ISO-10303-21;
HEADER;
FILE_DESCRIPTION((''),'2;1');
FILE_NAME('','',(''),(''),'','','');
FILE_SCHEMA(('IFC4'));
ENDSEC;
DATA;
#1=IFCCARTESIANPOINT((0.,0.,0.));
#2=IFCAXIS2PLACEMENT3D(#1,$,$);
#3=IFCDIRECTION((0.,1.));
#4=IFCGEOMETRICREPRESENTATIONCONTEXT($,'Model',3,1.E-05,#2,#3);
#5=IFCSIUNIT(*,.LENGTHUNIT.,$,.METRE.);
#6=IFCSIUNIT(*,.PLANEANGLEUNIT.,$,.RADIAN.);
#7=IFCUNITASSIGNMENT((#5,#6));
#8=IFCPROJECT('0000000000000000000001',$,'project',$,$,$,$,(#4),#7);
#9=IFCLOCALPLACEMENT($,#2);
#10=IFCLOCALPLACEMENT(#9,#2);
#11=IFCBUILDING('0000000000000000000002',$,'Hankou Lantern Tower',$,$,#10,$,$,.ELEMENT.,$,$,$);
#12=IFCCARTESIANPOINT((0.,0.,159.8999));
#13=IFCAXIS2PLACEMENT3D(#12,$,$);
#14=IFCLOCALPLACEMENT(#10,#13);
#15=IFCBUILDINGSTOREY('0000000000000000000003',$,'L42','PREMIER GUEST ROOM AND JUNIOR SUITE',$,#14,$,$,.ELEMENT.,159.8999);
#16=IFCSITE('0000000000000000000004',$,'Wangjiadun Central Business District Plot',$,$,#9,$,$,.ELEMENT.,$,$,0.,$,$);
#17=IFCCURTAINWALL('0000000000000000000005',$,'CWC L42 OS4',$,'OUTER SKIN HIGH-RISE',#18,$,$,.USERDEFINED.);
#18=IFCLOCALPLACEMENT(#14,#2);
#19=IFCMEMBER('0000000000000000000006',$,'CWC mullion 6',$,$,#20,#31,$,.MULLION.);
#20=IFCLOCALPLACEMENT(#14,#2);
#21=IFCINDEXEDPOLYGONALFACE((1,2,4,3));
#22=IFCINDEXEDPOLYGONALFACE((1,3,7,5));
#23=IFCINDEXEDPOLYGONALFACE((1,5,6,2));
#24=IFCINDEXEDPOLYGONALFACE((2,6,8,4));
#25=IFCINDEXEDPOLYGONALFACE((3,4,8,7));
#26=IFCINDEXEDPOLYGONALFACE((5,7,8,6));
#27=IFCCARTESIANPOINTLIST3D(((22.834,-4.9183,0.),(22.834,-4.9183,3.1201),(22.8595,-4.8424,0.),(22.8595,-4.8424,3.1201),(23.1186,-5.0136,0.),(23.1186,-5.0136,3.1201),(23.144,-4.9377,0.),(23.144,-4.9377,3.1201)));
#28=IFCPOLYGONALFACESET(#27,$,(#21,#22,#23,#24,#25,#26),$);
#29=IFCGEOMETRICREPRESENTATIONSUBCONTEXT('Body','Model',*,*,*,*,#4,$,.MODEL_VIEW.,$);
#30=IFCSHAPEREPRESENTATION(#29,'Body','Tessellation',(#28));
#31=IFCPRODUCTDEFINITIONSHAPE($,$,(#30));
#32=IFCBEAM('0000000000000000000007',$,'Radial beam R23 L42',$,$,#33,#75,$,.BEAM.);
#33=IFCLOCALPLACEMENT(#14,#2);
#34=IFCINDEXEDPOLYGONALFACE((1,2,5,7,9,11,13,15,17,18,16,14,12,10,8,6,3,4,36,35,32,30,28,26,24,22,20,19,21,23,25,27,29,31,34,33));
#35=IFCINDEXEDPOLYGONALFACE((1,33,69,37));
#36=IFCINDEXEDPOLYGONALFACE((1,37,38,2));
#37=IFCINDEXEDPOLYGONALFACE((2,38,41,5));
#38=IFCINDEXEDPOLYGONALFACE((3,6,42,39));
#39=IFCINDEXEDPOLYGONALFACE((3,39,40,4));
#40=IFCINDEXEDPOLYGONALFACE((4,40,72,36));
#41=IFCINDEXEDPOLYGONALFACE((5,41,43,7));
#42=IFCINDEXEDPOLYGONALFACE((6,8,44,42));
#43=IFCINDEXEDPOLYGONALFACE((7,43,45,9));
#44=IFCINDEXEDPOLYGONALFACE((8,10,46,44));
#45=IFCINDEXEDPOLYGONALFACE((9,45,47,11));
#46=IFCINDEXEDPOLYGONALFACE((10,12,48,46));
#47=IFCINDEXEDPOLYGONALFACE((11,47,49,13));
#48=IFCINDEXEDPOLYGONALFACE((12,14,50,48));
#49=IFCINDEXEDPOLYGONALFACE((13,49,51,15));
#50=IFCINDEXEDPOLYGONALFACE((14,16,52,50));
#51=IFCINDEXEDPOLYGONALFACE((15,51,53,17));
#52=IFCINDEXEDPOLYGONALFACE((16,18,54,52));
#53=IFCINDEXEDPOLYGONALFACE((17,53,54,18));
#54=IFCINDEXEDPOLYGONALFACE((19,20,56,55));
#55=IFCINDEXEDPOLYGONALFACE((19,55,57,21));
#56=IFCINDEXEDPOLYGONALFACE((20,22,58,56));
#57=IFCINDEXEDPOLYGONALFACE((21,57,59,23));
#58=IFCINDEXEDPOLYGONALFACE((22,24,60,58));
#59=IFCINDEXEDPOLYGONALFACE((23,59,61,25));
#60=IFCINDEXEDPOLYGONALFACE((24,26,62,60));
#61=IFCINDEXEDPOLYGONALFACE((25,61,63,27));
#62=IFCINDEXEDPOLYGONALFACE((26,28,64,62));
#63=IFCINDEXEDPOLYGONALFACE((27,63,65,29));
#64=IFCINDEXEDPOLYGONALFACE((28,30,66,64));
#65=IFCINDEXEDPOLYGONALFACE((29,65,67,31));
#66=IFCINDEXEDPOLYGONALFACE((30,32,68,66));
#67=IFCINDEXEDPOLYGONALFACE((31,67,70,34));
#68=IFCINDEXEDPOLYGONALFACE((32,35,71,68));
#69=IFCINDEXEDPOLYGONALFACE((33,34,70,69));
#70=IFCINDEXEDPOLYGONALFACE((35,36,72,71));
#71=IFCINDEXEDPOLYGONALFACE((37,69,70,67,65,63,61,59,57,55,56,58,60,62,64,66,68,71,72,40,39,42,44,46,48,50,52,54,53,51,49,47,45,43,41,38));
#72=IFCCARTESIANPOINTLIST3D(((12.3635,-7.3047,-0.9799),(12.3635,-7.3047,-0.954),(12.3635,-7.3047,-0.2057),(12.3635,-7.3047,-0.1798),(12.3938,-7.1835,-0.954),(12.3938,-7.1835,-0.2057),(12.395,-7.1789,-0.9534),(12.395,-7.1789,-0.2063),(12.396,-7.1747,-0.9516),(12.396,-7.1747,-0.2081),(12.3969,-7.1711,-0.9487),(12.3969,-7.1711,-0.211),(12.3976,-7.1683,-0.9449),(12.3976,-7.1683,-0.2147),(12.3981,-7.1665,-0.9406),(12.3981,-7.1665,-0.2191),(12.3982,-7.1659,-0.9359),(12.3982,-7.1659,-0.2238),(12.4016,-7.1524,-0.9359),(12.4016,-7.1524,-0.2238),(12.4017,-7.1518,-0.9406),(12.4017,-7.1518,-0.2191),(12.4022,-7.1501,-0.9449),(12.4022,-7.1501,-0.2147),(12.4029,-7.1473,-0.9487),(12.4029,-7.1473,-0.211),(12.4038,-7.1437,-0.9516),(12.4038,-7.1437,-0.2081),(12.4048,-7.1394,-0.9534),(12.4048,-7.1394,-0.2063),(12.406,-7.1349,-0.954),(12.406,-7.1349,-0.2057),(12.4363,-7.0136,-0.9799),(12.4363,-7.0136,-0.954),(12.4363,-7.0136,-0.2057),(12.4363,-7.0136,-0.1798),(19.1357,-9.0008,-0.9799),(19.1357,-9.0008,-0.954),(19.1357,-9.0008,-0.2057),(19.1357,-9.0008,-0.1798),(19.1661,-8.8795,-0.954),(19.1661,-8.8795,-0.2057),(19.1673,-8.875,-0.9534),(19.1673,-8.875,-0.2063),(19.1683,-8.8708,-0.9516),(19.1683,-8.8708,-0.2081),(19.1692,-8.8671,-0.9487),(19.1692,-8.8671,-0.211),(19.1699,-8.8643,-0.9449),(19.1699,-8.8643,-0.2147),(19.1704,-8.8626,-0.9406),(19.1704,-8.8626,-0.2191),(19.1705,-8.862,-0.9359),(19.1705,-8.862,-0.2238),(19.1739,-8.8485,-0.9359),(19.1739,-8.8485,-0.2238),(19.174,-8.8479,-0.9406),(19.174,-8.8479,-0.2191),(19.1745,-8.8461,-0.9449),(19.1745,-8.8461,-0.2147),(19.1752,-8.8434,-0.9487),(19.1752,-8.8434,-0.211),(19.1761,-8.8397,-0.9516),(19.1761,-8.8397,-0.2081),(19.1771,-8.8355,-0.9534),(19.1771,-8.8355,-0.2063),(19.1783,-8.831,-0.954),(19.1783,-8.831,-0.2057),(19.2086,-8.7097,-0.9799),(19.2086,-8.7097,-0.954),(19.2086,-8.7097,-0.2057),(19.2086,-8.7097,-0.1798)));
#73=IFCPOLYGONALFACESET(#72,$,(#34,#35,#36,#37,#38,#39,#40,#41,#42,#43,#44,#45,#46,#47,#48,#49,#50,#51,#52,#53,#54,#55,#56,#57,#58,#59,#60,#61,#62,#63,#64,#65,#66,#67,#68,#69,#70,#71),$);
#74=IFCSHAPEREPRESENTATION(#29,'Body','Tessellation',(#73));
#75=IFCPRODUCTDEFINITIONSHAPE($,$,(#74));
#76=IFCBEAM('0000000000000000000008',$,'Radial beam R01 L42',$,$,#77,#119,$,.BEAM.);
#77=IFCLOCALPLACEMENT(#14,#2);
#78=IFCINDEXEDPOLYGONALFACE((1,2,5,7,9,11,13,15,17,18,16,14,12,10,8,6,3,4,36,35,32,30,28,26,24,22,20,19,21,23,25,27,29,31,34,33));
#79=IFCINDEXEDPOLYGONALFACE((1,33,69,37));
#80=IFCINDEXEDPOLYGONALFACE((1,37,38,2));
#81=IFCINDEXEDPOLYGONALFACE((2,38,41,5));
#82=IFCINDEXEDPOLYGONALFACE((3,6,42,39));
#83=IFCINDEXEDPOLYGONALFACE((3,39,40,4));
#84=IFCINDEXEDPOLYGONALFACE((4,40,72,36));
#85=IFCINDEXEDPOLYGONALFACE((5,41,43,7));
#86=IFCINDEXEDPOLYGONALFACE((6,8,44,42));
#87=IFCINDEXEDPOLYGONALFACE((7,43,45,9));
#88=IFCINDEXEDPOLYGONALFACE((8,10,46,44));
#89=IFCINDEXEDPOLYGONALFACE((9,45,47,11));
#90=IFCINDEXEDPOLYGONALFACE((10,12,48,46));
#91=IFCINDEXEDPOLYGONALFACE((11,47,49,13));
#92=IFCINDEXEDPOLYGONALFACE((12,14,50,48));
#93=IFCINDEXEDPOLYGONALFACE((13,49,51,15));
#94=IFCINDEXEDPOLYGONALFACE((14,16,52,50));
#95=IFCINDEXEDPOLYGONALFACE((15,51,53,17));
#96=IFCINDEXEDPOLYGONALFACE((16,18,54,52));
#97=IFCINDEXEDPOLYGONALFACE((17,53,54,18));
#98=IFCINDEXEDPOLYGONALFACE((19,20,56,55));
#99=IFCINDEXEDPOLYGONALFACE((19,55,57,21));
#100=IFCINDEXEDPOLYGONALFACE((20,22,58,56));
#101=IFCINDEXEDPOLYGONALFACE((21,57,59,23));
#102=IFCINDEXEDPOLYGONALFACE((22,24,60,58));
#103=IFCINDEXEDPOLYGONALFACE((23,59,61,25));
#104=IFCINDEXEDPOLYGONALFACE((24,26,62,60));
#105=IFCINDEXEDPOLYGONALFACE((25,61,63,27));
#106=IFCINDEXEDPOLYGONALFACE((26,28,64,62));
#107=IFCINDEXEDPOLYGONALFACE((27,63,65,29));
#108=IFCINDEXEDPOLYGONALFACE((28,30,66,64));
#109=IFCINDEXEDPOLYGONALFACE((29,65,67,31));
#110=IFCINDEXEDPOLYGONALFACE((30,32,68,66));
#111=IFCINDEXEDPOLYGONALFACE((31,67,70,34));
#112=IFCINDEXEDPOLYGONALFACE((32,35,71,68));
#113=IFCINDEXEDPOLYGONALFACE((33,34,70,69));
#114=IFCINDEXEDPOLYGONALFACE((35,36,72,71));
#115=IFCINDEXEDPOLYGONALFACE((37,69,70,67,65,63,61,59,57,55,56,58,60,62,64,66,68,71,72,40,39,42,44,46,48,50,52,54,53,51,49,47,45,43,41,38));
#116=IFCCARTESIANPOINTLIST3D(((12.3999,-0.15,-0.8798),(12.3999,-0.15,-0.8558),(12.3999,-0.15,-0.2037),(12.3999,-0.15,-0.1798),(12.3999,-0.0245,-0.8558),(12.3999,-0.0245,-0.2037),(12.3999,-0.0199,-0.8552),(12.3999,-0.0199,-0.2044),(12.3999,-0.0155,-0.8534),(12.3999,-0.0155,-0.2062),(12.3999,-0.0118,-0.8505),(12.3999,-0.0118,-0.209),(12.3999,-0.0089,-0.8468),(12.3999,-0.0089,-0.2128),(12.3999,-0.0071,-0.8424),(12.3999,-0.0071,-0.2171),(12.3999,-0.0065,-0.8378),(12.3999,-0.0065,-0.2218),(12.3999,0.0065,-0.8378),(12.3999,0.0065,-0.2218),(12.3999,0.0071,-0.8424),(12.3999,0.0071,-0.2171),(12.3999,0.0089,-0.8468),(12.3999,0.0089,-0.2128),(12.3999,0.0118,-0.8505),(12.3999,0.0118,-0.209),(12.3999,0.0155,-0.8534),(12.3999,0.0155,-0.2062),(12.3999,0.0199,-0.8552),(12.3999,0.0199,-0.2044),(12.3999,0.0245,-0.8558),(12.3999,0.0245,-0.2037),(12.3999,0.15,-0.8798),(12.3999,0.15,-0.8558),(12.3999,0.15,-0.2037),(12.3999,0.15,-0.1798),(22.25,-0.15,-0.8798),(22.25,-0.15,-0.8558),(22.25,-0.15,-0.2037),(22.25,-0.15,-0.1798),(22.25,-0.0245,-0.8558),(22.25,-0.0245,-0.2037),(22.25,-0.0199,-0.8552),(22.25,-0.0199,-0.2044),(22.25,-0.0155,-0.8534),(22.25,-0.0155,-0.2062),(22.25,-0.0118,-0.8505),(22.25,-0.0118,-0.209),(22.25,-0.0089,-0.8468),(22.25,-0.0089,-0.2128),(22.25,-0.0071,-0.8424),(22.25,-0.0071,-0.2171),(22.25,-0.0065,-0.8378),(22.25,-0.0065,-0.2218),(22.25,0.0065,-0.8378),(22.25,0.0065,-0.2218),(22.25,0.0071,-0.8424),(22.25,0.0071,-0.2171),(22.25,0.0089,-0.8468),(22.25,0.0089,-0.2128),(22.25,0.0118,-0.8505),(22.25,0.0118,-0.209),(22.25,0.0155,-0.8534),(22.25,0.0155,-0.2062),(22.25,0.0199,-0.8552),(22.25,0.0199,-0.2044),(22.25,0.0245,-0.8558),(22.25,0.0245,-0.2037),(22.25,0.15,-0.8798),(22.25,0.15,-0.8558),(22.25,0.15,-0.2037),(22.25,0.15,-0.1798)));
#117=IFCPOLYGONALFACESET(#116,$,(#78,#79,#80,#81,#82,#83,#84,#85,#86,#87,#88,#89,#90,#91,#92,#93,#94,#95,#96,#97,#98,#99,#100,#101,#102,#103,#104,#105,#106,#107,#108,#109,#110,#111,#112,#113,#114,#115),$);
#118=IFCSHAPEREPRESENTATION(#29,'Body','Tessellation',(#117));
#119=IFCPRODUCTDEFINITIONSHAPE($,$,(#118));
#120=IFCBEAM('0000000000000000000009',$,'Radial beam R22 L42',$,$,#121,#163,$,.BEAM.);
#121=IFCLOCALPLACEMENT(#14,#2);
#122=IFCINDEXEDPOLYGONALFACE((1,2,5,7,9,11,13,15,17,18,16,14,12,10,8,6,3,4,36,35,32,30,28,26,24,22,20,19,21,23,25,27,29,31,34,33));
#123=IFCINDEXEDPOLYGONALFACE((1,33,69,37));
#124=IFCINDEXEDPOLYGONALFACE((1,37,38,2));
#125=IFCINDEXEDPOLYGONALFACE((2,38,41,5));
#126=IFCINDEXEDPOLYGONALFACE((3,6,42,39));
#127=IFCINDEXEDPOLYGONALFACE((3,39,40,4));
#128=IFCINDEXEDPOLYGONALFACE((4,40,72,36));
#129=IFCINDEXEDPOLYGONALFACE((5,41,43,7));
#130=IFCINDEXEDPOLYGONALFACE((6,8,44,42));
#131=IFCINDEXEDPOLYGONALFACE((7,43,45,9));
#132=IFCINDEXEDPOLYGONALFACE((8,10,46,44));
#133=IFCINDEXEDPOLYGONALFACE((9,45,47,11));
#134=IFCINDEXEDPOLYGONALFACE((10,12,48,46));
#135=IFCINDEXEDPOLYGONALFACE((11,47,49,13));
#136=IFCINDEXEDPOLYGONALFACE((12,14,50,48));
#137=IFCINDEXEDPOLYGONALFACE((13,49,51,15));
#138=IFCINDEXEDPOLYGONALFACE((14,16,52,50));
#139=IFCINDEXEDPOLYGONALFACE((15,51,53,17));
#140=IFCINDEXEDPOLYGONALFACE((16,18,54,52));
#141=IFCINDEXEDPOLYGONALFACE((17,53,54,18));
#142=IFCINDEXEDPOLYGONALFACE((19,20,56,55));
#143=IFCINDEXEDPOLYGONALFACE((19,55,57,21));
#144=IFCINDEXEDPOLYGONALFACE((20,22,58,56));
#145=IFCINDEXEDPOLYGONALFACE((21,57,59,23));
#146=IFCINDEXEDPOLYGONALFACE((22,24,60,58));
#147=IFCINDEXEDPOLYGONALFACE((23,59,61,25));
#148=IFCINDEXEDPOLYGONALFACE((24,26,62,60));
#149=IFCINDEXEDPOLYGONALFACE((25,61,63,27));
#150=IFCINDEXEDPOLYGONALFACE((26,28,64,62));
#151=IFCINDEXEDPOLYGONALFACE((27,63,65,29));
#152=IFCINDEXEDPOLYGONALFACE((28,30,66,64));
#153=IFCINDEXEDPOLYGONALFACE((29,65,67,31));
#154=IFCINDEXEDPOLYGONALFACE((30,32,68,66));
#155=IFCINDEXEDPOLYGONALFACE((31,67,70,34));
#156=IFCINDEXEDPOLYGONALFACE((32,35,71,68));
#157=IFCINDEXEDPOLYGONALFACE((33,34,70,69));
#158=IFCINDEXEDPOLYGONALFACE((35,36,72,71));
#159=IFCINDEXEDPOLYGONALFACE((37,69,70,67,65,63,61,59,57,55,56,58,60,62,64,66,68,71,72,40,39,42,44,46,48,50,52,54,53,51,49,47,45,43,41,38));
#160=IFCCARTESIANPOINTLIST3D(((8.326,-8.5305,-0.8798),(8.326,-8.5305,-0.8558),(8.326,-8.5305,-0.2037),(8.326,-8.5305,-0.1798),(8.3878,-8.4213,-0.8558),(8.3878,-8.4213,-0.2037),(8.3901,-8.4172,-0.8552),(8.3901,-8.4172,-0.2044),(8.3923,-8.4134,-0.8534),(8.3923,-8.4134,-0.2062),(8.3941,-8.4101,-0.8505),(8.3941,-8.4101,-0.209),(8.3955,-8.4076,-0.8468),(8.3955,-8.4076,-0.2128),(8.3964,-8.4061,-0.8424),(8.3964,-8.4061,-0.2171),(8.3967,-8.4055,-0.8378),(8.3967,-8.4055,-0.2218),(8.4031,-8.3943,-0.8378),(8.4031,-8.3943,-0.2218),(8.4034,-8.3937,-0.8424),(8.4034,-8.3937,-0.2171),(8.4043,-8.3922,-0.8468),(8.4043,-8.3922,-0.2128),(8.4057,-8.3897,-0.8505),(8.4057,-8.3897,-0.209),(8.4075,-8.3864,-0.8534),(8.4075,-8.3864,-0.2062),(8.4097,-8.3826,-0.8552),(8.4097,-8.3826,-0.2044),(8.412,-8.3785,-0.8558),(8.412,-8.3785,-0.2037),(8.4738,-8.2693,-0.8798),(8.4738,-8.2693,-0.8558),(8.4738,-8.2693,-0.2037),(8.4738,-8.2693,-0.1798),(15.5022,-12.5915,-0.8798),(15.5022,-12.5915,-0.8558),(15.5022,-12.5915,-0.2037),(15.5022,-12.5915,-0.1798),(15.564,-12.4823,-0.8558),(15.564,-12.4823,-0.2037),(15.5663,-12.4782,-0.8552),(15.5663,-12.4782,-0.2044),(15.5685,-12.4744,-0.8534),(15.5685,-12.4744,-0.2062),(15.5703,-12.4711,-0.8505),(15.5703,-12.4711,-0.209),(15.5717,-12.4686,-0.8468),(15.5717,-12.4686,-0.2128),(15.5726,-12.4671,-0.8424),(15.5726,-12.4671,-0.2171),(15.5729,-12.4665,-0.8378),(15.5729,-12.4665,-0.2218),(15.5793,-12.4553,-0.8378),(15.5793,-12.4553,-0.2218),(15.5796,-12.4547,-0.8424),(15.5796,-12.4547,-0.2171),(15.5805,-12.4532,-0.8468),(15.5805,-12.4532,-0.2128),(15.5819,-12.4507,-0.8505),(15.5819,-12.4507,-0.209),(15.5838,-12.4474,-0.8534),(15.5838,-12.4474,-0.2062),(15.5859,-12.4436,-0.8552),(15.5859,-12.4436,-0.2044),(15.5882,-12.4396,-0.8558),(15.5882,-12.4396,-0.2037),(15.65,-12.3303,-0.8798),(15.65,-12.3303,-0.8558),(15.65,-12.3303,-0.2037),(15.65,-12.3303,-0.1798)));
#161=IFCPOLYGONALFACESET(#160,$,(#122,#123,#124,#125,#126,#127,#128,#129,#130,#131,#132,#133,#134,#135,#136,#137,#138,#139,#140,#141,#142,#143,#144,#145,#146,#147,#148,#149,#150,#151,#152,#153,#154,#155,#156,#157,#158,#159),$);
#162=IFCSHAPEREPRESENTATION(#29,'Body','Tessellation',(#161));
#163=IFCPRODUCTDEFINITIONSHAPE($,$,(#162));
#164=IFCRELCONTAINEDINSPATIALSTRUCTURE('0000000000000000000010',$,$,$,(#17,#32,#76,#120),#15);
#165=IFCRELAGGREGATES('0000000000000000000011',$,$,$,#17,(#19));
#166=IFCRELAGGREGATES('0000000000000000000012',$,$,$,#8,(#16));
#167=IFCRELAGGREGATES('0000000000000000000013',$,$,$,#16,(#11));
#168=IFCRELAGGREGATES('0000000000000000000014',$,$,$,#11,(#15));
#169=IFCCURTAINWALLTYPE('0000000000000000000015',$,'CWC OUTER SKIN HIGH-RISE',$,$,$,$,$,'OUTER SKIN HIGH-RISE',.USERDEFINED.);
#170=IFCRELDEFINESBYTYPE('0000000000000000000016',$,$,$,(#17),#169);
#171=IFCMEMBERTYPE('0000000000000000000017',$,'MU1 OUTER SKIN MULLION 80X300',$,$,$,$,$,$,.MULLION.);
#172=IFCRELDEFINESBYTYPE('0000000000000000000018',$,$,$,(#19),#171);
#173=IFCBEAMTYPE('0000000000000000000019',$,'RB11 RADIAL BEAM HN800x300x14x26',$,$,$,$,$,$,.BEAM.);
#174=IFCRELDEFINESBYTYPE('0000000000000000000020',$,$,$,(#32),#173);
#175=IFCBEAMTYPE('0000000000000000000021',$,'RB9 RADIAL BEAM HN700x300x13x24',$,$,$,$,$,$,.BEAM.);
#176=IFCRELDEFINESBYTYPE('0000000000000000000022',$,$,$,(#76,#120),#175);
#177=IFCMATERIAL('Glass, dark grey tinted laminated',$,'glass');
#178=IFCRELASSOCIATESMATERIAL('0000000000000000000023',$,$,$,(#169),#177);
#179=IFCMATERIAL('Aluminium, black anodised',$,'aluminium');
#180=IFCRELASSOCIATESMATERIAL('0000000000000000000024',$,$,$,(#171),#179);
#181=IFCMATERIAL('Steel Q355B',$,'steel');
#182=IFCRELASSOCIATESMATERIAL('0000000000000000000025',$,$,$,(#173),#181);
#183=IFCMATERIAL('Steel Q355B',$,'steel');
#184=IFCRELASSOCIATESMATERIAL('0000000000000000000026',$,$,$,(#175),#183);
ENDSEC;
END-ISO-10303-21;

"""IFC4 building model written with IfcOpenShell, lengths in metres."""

from ifc_helpers import new_model, si_unit, direction, frame, origin, origin_2d, place, context, subcontext, project, spatial, rectangle, i_section, extrude, material, material_profile, profile_set, type_object, element, aggregate, save


model = new_model("IFC4")

# Units and contexts
model_context = context("Model", 3, precision=1e-05, world=origin(), true_north=direction((0.0, 1.0)))
body_context = subcontext(model_context, "Body", "Model", "MODEL_VIEW")
ifc_project = project(units=[si_unit("LENGTHUNIT", "METRE"), si_unit("PLANEANGLEUNIT", "RADIAN")], contexts=[model_context])

# Site, building, storey
site_placement = place(None, origin())
site = spatial("IfcSite", under=ifc_project, at=site_placement, Name="Wangjiadun Central Business District Plot", CompositionType="ELEMENT", RefElevation=0.0)
building_placement = place(site_placement, origin())
building = spatial("IfcBuilding", under=site, at=building_placement, Name="Hankou Lantern Tower", CompositionType="ELEMENT")
storey_placement = place(building_placement, frame((0.0, 0.0, 159.8999)))
storey = spatial("IfcBuildingStorey", under=building, at=storey_placement, Name="L42", Description="PREMIER GUEST ROOM AND JUNIOR SUITE", CompositionType="ELEMENT", Elevation=159.8999)

# Curtain wall, member
ifc_material_1 = material(Name="Glass, dark grey tinted laminated", Category="glass")
curtain_wall_type = type_object("IfcCurtainWallType", Name="CWC OUTER SKIN HIGH-RISE", ElementType="OUTER SKIN HIGH-RISE", PredefinedType="USERDEFINED", material=ifc_material_1)
curtain_wall_placement = place(storey_placement, origin())
curtain_wall = element("IfcCurtainWall", 1, at=curtain_wall_placement, inside=storey, type_object=curtain_wall_type, Name="CWC L42 OS4", ObjectType="OUTER SKIN HIGH-RISE", PredefinedType="USERDEFINED")
ifc_material_2 = material(Name="Aluminium, black anodised", Category="aluminium")
ifc_material_profile_1 = material_profile(ifc_material_2, rectangle(XDim=0.0801, YDim=0.3, at=origin_2d()), Name="MU1 80X300")
ifc_profile_set_1 = profile_set([ifc_material_profile_1], Name="Aluminium, black anodised")
member_type_1 = type_object("IfcMemberType", Name="MU1 OUTER SKIN MULLION 80X300", PredefinedType="MULLION", material=ifc_profile_set_1)
member_1_placement = place(storey_placement, frame((22.989, -4.928, 0.0), z_axis=(0.0, 0.0, 1.0), x_axis=(0.317596, 0.948226, 0.0)))
member_1 = element("IfcMember", 2, at=member_1_placement, type_object=member_type_1, Name="CWC mullion 6", PredefinedType="MULLION", context=body_context, shape_type="SweptSolid", body=[
    extrude(rectangle(XDim=0.0801, YDim=0.3, at=origin_2d()), origin(), (0.0, 0.0, 1.0), 3.1201),
])

# Beams
ifc_material_3 = material(Name="Steel Q355B", Category="steel")
ifc_material_profile_2 = material_profile(ifc_material_3, i_section(OverallWidth=0.3, OverallDepth=0.8, WebThickness=0.0139, FlangeThickness=0.0259, FilletRadius=0.0181, at=origin_2d()), Name="HN800x300x14x26")
ifc_profile_set_2 = profile_set([ifc_material_profile_2], Name="Steel Q355B")
beam_type_1 = type_object("IfcBeamType", Name="RB11 RADIAL BEAM HN800x300x14x26", PredefinedType="BEAM", material=ifc_profile_set_2)
beam_1_placement = place(storey_placement, frame((12.3999, -7.1592, -0.5798), z_axis=(0.970042, -0.242939, 0.0), x_axis=(0.242939, 0.970042, 0.0)))
element("IfcBeam", 3, at=beam_1_placement, inside=storey, type_object=beam_type_1, Name="Radial beam R23 L42", PredefinedType="BEAM", context=body_context, shape_type="SweptSolid", body=[
    extrude(i_section(OverallWidth=0.3, OverallDepth=0.8, WebThickness=0.0139, FlangeThickness=0.0259, FilletRadius=0.0181, at=origin_2d()), origin(), (0.0, 0.0, 1.0), 6.9814),
])
ifc_material_4 = material(Name="Steel Q355B", Category="steel")
ifc_material_profile_3 = material_profile(ifc_material_4, i_section(OverallWidth=0.3, OverallDepth=0.7, WebThickness=0.0129, FlangeThickness=0.0239, FilletRadius=0.0181, at=origin_2d()), Name="HN700x300x13x24")
ifc_profile_set_3 = profile_set([ifc_material_profile_3], Name="Steel Q355B")
beam_type_2 = type_object("IfcBeamType", Name="RB9 RADIAL BEAM HN700x300x13x24", PredefinedType="BEAM", material=ifc_profile_set_3)
beam_2_placement = place(storey_placement, frame((12.3999, 0.0, -0.5298), z_axis=(1.0, 0.0, 0.0), x_axis=(0.0, 1.0, 0.0)))
element("IfcBeam", 4, at=beam_2_placement, inside=storey, type_object=beam_type_2, Name="Radial beam R01 L42", PredefinedType="BEAM", context=body_context, shape_type="SweptSolid", body=[
    extrude(i_section(OverallWidth=0.3, OverallDepth=0.7, WebThickness=0.0129, FlangeThickness=0.0239, FilletRadius=0.0181, at=origin_2d()), origin(), (0.0, 0.0, 1.0), 9.8501),
])
beam_3_placement = place(storey_placement, frame((8.3999, -8.3999, -0.5298), z_axis=(0.870309, -0.492506, 0.0), x_axis=(0.492506, 0.870309, 0.0)))
element("IfcBeam", 5, at=beam_3_placement, inside=storey, type_object=beam_type_2, Name="Radial beam R22 L42", PredefinedType="BEAM", context=body_context, shape_type="SweptSolid", body=[
    extrude(i_section(OverallWidth=0.3, OverallDepth=0.7, WebThickness=0.0129, FlangeThickness=0.0239, FilletRadius=0.0181, at=origin_2d()), origin(), (0.0, 0.0, 1.0), 8.2456),
])

aggregate(curtain_wall, [member_1])

save(model, "model.ifc")
